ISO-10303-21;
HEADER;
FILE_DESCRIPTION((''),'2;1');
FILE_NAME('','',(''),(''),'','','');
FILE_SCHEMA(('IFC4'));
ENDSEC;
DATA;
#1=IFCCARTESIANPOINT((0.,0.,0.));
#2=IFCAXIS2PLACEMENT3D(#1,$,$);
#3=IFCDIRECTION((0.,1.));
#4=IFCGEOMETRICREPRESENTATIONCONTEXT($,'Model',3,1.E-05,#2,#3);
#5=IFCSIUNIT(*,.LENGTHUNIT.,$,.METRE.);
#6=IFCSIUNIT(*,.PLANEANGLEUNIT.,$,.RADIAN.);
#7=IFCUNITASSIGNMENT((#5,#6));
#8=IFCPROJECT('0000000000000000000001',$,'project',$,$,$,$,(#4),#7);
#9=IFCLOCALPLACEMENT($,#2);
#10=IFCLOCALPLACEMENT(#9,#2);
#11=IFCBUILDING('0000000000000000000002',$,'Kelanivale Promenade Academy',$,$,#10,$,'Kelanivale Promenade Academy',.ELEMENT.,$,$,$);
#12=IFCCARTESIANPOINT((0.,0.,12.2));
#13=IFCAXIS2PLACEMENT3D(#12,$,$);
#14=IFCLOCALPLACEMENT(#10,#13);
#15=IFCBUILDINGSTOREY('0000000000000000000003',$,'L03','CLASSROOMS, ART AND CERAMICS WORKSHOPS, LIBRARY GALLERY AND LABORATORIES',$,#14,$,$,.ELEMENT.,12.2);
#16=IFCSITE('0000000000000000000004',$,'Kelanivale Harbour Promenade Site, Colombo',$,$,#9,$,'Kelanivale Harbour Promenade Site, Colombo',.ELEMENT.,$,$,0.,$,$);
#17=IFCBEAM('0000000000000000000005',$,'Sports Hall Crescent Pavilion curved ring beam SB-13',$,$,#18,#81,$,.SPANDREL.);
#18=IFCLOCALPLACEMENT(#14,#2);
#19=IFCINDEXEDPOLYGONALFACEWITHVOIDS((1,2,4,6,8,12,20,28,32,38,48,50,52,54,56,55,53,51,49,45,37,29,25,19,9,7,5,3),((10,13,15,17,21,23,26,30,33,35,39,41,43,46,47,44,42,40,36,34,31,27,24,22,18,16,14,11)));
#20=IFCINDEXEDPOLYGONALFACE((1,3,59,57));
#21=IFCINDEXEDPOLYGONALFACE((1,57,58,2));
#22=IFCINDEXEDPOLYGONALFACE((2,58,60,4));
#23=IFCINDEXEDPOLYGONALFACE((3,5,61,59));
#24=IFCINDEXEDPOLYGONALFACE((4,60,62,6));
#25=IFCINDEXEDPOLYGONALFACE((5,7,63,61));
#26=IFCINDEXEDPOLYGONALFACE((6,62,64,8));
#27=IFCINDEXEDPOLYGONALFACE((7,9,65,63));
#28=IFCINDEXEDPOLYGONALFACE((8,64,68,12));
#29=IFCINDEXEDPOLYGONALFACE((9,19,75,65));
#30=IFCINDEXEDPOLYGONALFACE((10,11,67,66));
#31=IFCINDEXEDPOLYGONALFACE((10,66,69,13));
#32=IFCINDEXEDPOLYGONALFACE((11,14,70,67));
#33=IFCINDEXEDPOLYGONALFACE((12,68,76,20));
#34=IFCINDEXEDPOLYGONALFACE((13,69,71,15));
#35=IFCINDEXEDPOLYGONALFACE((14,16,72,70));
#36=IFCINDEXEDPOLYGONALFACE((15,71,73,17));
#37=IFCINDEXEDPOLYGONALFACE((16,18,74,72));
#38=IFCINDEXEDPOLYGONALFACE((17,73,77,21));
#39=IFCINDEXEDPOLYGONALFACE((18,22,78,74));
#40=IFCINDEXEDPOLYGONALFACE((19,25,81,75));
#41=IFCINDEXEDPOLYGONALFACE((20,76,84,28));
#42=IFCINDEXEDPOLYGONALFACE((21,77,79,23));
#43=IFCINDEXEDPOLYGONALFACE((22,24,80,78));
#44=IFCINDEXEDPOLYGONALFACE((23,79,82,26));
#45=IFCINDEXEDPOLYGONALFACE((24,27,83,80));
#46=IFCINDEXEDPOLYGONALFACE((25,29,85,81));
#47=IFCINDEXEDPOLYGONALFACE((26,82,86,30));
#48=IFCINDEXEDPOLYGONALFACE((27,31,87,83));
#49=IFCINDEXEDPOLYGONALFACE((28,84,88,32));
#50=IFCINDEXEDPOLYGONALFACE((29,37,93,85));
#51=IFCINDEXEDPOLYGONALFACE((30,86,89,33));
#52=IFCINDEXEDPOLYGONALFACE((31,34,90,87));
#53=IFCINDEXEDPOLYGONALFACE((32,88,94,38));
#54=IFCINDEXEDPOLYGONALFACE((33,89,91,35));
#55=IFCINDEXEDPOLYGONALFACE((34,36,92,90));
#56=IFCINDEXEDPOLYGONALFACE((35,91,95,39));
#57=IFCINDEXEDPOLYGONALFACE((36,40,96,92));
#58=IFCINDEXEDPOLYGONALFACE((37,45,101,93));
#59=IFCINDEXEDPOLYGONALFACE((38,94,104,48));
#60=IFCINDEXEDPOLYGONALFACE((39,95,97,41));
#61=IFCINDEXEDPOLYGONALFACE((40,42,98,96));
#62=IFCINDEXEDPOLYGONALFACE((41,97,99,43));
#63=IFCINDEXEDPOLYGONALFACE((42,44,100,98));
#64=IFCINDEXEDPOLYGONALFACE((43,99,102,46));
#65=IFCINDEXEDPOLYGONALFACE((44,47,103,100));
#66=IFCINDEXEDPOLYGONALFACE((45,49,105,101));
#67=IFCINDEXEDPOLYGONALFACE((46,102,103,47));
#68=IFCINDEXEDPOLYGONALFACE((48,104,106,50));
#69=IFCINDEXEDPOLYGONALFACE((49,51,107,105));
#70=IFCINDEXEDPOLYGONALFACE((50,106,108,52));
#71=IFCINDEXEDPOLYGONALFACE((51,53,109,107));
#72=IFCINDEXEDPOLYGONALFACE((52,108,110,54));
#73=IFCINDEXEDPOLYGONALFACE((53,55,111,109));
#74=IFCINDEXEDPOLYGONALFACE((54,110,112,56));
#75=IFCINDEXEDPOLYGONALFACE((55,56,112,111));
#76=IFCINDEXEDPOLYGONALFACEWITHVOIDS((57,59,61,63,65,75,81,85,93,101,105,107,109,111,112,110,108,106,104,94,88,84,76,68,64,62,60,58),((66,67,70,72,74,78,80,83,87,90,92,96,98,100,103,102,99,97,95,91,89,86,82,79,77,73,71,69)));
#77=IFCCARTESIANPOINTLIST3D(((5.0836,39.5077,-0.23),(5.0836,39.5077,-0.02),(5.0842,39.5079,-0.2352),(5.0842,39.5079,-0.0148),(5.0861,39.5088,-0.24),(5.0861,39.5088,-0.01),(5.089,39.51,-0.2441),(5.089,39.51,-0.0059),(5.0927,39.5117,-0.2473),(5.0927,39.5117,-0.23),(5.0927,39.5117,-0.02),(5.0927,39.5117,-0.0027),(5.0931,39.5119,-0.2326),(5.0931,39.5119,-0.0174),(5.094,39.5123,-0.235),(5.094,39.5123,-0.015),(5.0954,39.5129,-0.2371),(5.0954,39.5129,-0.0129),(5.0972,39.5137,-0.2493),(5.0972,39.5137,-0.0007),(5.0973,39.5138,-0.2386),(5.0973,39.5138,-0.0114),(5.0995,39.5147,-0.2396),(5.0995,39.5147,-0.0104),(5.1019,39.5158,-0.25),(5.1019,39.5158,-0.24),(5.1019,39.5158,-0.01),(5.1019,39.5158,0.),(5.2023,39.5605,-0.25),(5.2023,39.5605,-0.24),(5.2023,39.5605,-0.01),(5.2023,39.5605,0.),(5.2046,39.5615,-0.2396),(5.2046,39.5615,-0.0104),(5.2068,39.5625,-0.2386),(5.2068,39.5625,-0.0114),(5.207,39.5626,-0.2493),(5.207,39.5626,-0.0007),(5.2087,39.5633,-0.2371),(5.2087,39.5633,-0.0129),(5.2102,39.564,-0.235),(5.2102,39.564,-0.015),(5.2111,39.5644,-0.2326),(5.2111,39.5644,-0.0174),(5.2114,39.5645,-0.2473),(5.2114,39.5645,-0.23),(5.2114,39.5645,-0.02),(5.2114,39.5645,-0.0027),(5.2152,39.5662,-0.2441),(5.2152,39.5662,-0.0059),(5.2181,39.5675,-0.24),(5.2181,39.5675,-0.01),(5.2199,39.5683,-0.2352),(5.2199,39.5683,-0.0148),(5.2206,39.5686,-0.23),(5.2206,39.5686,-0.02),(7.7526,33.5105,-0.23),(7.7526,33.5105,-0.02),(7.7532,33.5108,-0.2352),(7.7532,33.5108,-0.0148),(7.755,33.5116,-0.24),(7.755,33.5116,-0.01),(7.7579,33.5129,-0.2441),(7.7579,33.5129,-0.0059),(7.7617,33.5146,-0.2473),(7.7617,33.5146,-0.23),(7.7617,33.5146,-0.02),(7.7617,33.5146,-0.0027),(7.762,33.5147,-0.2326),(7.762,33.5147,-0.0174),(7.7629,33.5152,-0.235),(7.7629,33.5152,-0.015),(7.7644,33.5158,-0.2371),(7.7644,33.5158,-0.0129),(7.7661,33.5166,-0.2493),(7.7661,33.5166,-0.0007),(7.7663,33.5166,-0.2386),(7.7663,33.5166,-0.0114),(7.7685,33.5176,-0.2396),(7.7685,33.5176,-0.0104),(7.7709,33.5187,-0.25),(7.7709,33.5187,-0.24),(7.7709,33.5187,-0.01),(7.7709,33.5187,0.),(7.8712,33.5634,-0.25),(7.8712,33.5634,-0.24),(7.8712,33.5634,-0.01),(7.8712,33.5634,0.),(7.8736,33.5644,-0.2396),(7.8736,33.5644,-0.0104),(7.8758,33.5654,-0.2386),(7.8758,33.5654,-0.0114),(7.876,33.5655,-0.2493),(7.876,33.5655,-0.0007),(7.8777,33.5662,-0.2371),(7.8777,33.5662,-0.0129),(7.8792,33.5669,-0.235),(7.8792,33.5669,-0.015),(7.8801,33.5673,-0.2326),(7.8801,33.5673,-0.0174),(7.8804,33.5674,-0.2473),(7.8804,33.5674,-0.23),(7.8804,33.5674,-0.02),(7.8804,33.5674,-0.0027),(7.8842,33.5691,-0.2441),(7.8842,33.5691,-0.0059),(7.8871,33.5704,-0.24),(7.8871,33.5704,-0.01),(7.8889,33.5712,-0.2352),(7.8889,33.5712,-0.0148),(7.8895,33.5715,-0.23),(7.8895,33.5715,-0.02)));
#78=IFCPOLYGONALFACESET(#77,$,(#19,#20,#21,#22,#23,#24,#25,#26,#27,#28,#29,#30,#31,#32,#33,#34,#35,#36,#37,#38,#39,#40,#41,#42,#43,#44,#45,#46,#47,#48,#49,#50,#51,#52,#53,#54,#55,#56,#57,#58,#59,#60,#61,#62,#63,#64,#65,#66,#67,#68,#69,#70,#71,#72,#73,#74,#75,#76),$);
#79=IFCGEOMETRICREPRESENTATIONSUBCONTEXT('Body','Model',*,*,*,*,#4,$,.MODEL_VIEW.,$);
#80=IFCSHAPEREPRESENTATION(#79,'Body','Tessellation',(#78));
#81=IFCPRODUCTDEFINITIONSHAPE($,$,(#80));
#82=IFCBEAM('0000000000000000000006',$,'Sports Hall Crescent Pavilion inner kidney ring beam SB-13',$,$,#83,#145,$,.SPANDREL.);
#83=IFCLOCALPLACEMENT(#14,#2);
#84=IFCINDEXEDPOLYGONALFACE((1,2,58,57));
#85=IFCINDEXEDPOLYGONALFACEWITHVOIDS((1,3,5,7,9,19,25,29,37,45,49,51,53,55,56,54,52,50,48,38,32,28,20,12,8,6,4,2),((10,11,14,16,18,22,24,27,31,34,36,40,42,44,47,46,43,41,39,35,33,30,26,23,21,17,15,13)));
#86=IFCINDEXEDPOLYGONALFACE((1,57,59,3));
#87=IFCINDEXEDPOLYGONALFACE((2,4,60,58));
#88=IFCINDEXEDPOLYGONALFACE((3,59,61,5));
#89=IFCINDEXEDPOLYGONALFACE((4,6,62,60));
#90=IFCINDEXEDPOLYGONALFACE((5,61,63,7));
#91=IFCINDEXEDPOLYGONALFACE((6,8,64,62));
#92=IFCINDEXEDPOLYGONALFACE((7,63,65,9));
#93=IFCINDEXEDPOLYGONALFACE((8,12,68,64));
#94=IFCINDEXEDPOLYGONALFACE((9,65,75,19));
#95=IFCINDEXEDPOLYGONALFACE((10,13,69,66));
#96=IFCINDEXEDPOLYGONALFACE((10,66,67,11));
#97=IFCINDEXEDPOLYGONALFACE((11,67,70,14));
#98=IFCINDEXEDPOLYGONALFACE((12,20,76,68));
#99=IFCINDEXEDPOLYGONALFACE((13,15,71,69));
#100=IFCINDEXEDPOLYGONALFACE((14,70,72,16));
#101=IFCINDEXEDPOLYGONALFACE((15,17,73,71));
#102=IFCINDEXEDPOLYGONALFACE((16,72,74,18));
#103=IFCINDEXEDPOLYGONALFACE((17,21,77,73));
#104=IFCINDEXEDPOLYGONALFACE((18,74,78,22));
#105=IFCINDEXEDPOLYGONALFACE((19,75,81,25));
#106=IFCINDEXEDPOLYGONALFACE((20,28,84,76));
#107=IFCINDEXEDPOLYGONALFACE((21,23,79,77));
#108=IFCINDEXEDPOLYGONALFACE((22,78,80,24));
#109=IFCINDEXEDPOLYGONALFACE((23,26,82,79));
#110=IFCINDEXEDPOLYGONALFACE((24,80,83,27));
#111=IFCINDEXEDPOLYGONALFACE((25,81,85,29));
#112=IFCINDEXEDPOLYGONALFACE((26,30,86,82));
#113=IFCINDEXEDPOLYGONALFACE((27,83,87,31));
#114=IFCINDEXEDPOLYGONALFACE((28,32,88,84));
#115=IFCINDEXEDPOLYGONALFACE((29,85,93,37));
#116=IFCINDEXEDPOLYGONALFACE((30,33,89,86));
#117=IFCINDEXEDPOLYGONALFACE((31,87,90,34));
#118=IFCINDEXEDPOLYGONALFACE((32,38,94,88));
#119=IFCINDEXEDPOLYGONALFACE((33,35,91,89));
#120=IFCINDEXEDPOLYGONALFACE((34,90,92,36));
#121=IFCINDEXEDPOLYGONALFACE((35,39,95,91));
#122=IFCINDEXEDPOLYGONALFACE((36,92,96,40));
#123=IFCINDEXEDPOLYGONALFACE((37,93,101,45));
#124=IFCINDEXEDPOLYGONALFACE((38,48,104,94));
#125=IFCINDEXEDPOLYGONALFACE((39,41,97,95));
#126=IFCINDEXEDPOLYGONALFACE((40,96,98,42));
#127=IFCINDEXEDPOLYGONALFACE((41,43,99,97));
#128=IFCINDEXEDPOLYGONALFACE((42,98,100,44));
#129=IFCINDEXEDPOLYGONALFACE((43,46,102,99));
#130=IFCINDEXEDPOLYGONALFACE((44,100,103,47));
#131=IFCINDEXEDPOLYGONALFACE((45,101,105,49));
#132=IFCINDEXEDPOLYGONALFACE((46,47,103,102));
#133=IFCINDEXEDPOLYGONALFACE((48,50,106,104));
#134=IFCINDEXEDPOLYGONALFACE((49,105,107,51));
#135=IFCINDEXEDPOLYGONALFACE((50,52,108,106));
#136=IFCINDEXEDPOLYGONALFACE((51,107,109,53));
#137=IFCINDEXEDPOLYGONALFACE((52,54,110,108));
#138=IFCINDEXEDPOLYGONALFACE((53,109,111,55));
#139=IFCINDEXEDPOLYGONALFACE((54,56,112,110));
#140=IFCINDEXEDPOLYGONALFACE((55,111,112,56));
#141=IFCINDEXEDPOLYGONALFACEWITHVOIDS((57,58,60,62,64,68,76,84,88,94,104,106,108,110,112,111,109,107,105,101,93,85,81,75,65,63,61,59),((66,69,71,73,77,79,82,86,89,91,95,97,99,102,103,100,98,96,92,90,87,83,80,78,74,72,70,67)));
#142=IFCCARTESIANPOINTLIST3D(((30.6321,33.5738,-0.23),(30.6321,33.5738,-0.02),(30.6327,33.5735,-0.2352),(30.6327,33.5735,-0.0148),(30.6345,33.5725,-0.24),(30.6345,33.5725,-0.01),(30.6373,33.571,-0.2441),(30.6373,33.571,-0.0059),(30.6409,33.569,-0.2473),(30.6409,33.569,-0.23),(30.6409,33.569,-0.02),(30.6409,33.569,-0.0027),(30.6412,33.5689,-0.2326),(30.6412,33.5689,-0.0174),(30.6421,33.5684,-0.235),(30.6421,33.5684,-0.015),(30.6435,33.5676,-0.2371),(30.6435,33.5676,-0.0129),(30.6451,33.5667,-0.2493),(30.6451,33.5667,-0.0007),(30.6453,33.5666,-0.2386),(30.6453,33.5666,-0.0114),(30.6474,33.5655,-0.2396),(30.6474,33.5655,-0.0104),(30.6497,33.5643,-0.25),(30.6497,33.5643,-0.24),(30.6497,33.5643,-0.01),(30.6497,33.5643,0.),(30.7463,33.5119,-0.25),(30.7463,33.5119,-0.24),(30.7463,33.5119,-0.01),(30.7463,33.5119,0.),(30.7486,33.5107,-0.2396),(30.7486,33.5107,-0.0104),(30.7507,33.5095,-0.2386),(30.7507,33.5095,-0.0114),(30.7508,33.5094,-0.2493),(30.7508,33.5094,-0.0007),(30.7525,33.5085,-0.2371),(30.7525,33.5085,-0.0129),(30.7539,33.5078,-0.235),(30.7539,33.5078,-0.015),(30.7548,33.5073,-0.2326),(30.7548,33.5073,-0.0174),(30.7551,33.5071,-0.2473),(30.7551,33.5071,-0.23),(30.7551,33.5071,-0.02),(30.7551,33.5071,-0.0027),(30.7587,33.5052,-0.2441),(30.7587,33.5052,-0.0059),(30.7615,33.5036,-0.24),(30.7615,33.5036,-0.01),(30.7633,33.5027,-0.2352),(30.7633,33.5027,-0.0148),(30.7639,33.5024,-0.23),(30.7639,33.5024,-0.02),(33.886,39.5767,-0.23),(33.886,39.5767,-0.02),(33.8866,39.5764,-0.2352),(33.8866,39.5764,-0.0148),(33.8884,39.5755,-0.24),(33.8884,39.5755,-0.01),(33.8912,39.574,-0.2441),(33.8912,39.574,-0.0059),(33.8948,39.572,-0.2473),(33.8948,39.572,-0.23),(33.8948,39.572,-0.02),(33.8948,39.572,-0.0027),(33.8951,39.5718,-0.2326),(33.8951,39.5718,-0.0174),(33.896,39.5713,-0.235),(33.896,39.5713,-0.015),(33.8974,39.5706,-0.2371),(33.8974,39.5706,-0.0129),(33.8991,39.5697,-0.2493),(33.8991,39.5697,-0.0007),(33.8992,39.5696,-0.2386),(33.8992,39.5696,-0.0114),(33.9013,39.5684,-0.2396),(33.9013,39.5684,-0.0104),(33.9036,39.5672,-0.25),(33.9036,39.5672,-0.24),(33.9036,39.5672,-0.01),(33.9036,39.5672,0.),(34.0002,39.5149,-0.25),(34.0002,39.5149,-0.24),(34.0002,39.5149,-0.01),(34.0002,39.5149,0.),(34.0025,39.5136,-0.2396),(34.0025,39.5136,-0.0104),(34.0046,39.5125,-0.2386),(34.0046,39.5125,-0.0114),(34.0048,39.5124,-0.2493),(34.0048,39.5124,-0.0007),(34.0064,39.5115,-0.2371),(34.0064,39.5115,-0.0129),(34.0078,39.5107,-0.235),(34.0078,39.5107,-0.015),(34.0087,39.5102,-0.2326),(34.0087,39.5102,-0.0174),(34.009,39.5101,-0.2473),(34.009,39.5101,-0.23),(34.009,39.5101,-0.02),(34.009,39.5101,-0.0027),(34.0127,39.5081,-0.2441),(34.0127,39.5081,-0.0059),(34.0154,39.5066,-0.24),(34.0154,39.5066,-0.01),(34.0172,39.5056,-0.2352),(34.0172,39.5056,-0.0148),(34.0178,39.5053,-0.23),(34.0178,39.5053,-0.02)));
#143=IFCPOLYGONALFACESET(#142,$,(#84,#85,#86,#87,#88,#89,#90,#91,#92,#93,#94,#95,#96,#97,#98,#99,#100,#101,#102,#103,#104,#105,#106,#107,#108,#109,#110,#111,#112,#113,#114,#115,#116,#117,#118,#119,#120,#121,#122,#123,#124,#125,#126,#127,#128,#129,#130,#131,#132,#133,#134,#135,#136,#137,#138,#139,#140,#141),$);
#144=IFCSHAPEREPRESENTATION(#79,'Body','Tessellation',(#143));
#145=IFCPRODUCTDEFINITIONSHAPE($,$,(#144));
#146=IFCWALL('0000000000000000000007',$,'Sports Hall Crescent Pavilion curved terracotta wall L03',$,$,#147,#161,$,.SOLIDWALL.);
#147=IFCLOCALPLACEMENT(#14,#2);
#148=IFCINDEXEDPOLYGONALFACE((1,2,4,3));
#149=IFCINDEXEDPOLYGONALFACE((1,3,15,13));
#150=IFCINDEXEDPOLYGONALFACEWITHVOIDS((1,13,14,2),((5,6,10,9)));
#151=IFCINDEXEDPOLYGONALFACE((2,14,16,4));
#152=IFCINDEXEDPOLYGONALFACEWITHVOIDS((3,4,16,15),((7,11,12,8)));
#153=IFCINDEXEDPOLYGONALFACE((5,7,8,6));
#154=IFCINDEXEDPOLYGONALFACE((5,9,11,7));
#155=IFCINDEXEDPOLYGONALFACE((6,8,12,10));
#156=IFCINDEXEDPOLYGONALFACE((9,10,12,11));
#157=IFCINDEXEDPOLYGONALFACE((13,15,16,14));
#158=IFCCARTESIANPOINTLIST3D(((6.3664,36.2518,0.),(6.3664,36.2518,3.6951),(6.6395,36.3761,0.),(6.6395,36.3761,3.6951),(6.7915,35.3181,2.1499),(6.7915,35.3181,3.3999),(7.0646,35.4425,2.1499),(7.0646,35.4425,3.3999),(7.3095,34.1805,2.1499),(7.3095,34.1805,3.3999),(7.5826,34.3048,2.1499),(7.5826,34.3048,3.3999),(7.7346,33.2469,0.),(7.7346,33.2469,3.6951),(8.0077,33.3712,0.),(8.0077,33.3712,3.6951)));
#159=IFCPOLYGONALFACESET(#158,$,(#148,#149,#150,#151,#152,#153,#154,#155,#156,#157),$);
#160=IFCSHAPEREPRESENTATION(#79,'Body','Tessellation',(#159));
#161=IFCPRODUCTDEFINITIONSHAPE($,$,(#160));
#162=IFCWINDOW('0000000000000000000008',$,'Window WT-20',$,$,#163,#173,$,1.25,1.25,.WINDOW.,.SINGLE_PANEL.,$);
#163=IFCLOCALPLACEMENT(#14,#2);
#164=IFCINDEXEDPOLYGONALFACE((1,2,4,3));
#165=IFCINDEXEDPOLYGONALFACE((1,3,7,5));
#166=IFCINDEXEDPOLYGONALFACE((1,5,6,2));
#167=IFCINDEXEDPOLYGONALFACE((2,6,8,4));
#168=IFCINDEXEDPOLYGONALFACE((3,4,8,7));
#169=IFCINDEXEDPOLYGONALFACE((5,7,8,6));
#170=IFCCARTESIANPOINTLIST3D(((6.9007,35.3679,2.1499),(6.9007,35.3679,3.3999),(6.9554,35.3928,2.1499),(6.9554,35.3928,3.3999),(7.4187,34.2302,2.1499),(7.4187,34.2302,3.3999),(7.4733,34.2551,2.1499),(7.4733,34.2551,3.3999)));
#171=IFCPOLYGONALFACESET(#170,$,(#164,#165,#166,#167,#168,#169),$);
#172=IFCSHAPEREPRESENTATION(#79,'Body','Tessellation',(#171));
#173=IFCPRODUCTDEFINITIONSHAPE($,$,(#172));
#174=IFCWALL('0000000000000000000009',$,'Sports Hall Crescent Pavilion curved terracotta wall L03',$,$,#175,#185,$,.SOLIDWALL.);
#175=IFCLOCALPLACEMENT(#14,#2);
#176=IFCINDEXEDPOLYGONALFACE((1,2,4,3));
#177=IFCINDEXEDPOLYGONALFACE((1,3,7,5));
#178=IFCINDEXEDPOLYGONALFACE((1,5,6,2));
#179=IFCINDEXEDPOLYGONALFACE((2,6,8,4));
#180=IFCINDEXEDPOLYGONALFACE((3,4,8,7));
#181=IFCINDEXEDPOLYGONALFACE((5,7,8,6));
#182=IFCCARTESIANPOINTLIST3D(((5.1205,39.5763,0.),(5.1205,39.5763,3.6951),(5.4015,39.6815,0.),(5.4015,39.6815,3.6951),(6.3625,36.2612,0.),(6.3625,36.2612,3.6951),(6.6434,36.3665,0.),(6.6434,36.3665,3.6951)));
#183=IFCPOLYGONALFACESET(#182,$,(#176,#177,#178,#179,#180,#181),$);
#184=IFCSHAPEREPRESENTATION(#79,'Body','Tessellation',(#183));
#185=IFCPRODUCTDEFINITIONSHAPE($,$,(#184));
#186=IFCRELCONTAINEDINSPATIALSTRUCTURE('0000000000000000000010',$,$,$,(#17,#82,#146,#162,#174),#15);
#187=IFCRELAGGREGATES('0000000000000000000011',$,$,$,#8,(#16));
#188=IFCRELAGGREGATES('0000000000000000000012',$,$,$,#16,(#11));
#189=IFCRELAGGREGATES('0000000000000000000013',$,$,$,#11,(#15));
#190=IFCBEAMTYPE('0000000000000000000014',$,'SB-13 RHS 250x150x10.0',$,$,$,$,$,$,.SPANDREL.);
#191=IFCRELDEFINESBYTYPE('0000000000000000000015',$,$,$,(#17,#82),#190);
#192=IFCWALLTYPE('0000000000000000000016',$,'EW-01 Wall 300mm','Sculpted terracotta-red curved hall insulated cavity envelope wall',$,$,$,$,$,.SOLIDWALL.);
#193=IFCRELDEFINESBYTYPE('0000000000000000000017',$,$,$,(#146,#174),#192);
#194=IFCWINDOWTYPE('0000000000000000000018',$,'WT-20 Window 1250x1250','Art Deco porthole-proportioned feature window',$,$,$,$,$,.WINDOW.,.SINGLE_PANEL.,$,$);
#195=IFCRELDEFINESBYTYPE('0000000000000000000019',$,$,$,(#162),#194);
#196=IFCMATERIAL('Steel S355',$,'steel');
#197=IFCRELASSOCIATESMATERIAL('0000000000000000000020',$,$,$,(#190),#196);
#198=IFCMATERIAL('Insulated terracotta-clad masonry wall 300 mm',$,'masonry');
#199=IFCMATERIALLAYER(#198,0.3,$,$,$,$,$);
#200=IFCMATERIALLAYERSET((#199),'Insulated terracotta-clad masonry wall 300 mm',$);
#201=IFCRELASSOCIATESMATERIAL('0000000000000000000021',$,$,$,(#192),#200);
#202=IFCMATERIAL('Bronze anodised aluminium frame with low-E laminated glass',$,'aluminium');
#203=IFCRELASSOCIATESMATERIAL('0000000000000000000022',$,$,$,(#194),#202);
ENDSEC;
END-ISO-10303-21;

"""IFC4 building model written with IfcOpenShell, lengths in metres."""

from ifc_helpers import new_model, si_unit, direction, frame, frame_2d, origin, origin_2d, place, context, subcontext, project, spatial, rectangle, hollow_rectangle, extrude, material, layer, layer_set, material_profile, profile_set, type_object, element, fill, save


model = new_model("IFC4")

# Units and contexts
model_context = context("Model", 3, precision=1e-05, world=origin(), true_north=direction((0.0, 1.0)))
body_context = subcontext(model_context, "Body", "Model", "MODEL_VIEW")
ifc_project = project(units=[si_unit("LENGTHUNIT", "METRE"), si_unit("PLANEANGLEUNIT", "RADIAN")], contexts=[model_context])

# Site, building, storey
site_placement = place(None, origin())
site = spatial("IfcSite", under=ifc_project, at=site_placement, Name="Kelanivale Harbour Promenade Site, Colombo", LongName="Kelanivale Harbour Promenade Site, Colombo", CompositionType="ELEMENT", RefElevation=0.0)
building_placement = place(site_placement, origin())
building = spatial("IfcBuilding", under=site, at=building_placement, Name="Kelanivale Promenade Academy", LongName="Kelanivale Promenade Academy", CompositionType="ELEMENT")
storey_placement = place(building_placement, frame((0.0, 0.0, 12.2)))
storey = spatial("IfcBuildingStorey", under=building, at=storey_placement, Name="L03", Description="CLASSROOMS, ART AND CERAMICS WORKSHOPS, LIBRARY GALLERY AND LABORATORIES", CompositionType="ELEMENT", Elevation=12.2)

# Shared definitions
ifc_material_1 = material(Name="Steel S355", Category="steel")

# Beams
ifc_material_profile_1 = material_profile(ifc_material_1, hollow_rectangle(XDim=0.1499, YDim=0.25, WallThickness=0.01, InnerFilletRadius=0.01, OuterFilletRadius=0.02, at=origin_2d()), Name="RHS 250x150x10.0")
ifc_profile_set_1 = profile_set([ifc_material_profile_1], Name="Steel S355")
beam_type = type_object("IfcBeamType", Name="SB-13 RHS 250x150x10.0", PredefinedType="SPANDREL", material=ifc_profile_set_1)
beam_1_placement = place(storey_placement, frame((7.821, 33.541, -0.125), z_axis=(-0.406594, 0.913609, 0.0), x_axis=(-0.913609, -0.406594, 0.0)))
element("IfcBeam", 1, at=beam_1_placement, inside=storey, type_object=beam_type, Name="Sports Hall Crescent Pavilion curved ring beam SB-13", PredefinedType="SPANDREL", context=body_context, shape_type="SweptSolid", body=[
    extrude(hollow_rectangle(XDim=0.1499, YDim=0.25, WallThickness=0.01, InnerFilletRadius=0.01, OuterFilletRadius=0.02, at=origin_2d()), origin(), (0.0, 0.0, 1.0), 6.5642),
])
beam_2_placement = place(storey_placement, frame((30.698, 33.5381, -0.125), z_axis=(0.476546, 0.87915, 0.0), x_axis=(-0.87915, 0.476546, 0.0)))
element("IfcBeam", 2, at=beam_2_placement, inside=storey, type_object=beam_type, Name="Sports Hall Crescent Pavilion inner kidney ring beam SB-13", PredefinedType="SPANDREL", context=body_context, shape_type="SweptSolid", body=[
    extrude(hollow_rectangle(XDim=0.1499, YDim=0.25, WallThickness=0.01, InnerFilletRadius=0.01, OuterFilletRadius=0.02, at=origin_2d()), origin(), (0.0, 0.0, 1.0), 6.8281),
])

# Wall, opening, window
ifc_material_2 = material(Name="Insulated terracotta-clad masonry wall 300 mm", Category="masonry")
ifc_layer_1 = layer(ifc_material_2, 0.3)
ifc_layer_set_1 = layer_set([ifc_layer_1], Name="Insulated terracotta-clad masonry wall 300 mm")
wall_type = type_object("IfcWallType", Name="EW-01 Wall 300mm", Description="Sculpted terracotta-red curved hall insulated cavity envelope wall", PredefinedType="SOLIDWALL", material=ifc_layer_set_1)
wall_1_placement = place(storey_placement, frame((6.5029, 36.314, 0.0), z_axis=(0.0, 0.0, 1.0), x_axis=(0.414382, -0.910103, 0.0)))
wall_1 = element("IfcWall", 3, at=wall_1_placement, inside=storey, type_object=wall_type, Name="Sports Hall Crescent Pavilion curved terracotta wall L03", PredefinedType="SOLIDWALL", context=body_context, shape_type="SweptSolid", body=[
    extrude(rectangle(XDim=3.3018, YDim=0.3, at=frame_2d((1.6509, 0.0))), origin(), (0.0, 0.0, 1.0), 3.6951),
])
opening_placement = place(wall_1_placement, frame((1.0259, 0.0, 2.1499)))
opening = element("IfcOpeningElement", 4, at=opening_placement, cuts=wall_1, PredefinedType="OPENING", context=body_context, shape_type="SweptSolid", body=[
    extrude(rectangle(XDim=1.25, YDim=1.25, at=frame_2d((0.625, 0.625))), frame((0.0, 0.1602, 0.0), z_axis=(0.0, -1.0, 0.0), x_axis=(1.0, 0.0, 0.0)), (0.0, 0.0, 1.0), 0.3201),
])
ifc_material_3 = material(Name="Bronze anodised aluminium frame with low-E laminated glass", Category="aluminium")
window_type = type_object("IfcWindowType", Name="WT-20 Window 1250x1250", Description="Art Deco porthole-proportioned feature window", PartitioningType="SINGLE_PANEL", PredefinedType="WINDOW", material=ifc_material_3)
window_placement = place(opening_placement, origin())
window = element("IfcWindow", 5, at=window_placement, inside=storey, type_object=window_type, Name="Window WT-20", OverallHeight=1.25, OverallWidth=1.25, PartitioningType="SINGLE_PANEL", PredefinedType="WINDOW", context=body_context, shape_type="SweptSolid", body=[
    extrude(rectangle(XDim=1.25, YDim=1.25, at=frame_2d((0.625, 0.625))), frame((0.0, 0.03, 0.0), z_axis=(0.0, -1.0, 0.0), x_axis=(1.0, 0.0, 0.0)), (0.0, 0.0, 1.0), 0.0601),
])
fill(opening, window)

# Wall
wall_2_placement = place(storey_placement, frame((5.261, 39.6289, 0.0), z_axis=(0.0, 0.0, 1.0), x_axis=(0.350836, -0.936437, 0.0)))
element("IfcWall", 6, at=wall_2_placement, inside=storey, type_object=wall_type, Name="Sports Hall Crescent Pavilion curved terracotta wall L03", PredefinedType="SOLIDWALL", context=body_context, shape_type="SweptSolid", body=[
    extrude(rectangle(XDim=3.54, YDim=0.3, at=frame_2d((1.77, 0.0))), origin(), (0.0, 0.0, 1.0), 3.6951),
])

save(model, "model.ifc")
